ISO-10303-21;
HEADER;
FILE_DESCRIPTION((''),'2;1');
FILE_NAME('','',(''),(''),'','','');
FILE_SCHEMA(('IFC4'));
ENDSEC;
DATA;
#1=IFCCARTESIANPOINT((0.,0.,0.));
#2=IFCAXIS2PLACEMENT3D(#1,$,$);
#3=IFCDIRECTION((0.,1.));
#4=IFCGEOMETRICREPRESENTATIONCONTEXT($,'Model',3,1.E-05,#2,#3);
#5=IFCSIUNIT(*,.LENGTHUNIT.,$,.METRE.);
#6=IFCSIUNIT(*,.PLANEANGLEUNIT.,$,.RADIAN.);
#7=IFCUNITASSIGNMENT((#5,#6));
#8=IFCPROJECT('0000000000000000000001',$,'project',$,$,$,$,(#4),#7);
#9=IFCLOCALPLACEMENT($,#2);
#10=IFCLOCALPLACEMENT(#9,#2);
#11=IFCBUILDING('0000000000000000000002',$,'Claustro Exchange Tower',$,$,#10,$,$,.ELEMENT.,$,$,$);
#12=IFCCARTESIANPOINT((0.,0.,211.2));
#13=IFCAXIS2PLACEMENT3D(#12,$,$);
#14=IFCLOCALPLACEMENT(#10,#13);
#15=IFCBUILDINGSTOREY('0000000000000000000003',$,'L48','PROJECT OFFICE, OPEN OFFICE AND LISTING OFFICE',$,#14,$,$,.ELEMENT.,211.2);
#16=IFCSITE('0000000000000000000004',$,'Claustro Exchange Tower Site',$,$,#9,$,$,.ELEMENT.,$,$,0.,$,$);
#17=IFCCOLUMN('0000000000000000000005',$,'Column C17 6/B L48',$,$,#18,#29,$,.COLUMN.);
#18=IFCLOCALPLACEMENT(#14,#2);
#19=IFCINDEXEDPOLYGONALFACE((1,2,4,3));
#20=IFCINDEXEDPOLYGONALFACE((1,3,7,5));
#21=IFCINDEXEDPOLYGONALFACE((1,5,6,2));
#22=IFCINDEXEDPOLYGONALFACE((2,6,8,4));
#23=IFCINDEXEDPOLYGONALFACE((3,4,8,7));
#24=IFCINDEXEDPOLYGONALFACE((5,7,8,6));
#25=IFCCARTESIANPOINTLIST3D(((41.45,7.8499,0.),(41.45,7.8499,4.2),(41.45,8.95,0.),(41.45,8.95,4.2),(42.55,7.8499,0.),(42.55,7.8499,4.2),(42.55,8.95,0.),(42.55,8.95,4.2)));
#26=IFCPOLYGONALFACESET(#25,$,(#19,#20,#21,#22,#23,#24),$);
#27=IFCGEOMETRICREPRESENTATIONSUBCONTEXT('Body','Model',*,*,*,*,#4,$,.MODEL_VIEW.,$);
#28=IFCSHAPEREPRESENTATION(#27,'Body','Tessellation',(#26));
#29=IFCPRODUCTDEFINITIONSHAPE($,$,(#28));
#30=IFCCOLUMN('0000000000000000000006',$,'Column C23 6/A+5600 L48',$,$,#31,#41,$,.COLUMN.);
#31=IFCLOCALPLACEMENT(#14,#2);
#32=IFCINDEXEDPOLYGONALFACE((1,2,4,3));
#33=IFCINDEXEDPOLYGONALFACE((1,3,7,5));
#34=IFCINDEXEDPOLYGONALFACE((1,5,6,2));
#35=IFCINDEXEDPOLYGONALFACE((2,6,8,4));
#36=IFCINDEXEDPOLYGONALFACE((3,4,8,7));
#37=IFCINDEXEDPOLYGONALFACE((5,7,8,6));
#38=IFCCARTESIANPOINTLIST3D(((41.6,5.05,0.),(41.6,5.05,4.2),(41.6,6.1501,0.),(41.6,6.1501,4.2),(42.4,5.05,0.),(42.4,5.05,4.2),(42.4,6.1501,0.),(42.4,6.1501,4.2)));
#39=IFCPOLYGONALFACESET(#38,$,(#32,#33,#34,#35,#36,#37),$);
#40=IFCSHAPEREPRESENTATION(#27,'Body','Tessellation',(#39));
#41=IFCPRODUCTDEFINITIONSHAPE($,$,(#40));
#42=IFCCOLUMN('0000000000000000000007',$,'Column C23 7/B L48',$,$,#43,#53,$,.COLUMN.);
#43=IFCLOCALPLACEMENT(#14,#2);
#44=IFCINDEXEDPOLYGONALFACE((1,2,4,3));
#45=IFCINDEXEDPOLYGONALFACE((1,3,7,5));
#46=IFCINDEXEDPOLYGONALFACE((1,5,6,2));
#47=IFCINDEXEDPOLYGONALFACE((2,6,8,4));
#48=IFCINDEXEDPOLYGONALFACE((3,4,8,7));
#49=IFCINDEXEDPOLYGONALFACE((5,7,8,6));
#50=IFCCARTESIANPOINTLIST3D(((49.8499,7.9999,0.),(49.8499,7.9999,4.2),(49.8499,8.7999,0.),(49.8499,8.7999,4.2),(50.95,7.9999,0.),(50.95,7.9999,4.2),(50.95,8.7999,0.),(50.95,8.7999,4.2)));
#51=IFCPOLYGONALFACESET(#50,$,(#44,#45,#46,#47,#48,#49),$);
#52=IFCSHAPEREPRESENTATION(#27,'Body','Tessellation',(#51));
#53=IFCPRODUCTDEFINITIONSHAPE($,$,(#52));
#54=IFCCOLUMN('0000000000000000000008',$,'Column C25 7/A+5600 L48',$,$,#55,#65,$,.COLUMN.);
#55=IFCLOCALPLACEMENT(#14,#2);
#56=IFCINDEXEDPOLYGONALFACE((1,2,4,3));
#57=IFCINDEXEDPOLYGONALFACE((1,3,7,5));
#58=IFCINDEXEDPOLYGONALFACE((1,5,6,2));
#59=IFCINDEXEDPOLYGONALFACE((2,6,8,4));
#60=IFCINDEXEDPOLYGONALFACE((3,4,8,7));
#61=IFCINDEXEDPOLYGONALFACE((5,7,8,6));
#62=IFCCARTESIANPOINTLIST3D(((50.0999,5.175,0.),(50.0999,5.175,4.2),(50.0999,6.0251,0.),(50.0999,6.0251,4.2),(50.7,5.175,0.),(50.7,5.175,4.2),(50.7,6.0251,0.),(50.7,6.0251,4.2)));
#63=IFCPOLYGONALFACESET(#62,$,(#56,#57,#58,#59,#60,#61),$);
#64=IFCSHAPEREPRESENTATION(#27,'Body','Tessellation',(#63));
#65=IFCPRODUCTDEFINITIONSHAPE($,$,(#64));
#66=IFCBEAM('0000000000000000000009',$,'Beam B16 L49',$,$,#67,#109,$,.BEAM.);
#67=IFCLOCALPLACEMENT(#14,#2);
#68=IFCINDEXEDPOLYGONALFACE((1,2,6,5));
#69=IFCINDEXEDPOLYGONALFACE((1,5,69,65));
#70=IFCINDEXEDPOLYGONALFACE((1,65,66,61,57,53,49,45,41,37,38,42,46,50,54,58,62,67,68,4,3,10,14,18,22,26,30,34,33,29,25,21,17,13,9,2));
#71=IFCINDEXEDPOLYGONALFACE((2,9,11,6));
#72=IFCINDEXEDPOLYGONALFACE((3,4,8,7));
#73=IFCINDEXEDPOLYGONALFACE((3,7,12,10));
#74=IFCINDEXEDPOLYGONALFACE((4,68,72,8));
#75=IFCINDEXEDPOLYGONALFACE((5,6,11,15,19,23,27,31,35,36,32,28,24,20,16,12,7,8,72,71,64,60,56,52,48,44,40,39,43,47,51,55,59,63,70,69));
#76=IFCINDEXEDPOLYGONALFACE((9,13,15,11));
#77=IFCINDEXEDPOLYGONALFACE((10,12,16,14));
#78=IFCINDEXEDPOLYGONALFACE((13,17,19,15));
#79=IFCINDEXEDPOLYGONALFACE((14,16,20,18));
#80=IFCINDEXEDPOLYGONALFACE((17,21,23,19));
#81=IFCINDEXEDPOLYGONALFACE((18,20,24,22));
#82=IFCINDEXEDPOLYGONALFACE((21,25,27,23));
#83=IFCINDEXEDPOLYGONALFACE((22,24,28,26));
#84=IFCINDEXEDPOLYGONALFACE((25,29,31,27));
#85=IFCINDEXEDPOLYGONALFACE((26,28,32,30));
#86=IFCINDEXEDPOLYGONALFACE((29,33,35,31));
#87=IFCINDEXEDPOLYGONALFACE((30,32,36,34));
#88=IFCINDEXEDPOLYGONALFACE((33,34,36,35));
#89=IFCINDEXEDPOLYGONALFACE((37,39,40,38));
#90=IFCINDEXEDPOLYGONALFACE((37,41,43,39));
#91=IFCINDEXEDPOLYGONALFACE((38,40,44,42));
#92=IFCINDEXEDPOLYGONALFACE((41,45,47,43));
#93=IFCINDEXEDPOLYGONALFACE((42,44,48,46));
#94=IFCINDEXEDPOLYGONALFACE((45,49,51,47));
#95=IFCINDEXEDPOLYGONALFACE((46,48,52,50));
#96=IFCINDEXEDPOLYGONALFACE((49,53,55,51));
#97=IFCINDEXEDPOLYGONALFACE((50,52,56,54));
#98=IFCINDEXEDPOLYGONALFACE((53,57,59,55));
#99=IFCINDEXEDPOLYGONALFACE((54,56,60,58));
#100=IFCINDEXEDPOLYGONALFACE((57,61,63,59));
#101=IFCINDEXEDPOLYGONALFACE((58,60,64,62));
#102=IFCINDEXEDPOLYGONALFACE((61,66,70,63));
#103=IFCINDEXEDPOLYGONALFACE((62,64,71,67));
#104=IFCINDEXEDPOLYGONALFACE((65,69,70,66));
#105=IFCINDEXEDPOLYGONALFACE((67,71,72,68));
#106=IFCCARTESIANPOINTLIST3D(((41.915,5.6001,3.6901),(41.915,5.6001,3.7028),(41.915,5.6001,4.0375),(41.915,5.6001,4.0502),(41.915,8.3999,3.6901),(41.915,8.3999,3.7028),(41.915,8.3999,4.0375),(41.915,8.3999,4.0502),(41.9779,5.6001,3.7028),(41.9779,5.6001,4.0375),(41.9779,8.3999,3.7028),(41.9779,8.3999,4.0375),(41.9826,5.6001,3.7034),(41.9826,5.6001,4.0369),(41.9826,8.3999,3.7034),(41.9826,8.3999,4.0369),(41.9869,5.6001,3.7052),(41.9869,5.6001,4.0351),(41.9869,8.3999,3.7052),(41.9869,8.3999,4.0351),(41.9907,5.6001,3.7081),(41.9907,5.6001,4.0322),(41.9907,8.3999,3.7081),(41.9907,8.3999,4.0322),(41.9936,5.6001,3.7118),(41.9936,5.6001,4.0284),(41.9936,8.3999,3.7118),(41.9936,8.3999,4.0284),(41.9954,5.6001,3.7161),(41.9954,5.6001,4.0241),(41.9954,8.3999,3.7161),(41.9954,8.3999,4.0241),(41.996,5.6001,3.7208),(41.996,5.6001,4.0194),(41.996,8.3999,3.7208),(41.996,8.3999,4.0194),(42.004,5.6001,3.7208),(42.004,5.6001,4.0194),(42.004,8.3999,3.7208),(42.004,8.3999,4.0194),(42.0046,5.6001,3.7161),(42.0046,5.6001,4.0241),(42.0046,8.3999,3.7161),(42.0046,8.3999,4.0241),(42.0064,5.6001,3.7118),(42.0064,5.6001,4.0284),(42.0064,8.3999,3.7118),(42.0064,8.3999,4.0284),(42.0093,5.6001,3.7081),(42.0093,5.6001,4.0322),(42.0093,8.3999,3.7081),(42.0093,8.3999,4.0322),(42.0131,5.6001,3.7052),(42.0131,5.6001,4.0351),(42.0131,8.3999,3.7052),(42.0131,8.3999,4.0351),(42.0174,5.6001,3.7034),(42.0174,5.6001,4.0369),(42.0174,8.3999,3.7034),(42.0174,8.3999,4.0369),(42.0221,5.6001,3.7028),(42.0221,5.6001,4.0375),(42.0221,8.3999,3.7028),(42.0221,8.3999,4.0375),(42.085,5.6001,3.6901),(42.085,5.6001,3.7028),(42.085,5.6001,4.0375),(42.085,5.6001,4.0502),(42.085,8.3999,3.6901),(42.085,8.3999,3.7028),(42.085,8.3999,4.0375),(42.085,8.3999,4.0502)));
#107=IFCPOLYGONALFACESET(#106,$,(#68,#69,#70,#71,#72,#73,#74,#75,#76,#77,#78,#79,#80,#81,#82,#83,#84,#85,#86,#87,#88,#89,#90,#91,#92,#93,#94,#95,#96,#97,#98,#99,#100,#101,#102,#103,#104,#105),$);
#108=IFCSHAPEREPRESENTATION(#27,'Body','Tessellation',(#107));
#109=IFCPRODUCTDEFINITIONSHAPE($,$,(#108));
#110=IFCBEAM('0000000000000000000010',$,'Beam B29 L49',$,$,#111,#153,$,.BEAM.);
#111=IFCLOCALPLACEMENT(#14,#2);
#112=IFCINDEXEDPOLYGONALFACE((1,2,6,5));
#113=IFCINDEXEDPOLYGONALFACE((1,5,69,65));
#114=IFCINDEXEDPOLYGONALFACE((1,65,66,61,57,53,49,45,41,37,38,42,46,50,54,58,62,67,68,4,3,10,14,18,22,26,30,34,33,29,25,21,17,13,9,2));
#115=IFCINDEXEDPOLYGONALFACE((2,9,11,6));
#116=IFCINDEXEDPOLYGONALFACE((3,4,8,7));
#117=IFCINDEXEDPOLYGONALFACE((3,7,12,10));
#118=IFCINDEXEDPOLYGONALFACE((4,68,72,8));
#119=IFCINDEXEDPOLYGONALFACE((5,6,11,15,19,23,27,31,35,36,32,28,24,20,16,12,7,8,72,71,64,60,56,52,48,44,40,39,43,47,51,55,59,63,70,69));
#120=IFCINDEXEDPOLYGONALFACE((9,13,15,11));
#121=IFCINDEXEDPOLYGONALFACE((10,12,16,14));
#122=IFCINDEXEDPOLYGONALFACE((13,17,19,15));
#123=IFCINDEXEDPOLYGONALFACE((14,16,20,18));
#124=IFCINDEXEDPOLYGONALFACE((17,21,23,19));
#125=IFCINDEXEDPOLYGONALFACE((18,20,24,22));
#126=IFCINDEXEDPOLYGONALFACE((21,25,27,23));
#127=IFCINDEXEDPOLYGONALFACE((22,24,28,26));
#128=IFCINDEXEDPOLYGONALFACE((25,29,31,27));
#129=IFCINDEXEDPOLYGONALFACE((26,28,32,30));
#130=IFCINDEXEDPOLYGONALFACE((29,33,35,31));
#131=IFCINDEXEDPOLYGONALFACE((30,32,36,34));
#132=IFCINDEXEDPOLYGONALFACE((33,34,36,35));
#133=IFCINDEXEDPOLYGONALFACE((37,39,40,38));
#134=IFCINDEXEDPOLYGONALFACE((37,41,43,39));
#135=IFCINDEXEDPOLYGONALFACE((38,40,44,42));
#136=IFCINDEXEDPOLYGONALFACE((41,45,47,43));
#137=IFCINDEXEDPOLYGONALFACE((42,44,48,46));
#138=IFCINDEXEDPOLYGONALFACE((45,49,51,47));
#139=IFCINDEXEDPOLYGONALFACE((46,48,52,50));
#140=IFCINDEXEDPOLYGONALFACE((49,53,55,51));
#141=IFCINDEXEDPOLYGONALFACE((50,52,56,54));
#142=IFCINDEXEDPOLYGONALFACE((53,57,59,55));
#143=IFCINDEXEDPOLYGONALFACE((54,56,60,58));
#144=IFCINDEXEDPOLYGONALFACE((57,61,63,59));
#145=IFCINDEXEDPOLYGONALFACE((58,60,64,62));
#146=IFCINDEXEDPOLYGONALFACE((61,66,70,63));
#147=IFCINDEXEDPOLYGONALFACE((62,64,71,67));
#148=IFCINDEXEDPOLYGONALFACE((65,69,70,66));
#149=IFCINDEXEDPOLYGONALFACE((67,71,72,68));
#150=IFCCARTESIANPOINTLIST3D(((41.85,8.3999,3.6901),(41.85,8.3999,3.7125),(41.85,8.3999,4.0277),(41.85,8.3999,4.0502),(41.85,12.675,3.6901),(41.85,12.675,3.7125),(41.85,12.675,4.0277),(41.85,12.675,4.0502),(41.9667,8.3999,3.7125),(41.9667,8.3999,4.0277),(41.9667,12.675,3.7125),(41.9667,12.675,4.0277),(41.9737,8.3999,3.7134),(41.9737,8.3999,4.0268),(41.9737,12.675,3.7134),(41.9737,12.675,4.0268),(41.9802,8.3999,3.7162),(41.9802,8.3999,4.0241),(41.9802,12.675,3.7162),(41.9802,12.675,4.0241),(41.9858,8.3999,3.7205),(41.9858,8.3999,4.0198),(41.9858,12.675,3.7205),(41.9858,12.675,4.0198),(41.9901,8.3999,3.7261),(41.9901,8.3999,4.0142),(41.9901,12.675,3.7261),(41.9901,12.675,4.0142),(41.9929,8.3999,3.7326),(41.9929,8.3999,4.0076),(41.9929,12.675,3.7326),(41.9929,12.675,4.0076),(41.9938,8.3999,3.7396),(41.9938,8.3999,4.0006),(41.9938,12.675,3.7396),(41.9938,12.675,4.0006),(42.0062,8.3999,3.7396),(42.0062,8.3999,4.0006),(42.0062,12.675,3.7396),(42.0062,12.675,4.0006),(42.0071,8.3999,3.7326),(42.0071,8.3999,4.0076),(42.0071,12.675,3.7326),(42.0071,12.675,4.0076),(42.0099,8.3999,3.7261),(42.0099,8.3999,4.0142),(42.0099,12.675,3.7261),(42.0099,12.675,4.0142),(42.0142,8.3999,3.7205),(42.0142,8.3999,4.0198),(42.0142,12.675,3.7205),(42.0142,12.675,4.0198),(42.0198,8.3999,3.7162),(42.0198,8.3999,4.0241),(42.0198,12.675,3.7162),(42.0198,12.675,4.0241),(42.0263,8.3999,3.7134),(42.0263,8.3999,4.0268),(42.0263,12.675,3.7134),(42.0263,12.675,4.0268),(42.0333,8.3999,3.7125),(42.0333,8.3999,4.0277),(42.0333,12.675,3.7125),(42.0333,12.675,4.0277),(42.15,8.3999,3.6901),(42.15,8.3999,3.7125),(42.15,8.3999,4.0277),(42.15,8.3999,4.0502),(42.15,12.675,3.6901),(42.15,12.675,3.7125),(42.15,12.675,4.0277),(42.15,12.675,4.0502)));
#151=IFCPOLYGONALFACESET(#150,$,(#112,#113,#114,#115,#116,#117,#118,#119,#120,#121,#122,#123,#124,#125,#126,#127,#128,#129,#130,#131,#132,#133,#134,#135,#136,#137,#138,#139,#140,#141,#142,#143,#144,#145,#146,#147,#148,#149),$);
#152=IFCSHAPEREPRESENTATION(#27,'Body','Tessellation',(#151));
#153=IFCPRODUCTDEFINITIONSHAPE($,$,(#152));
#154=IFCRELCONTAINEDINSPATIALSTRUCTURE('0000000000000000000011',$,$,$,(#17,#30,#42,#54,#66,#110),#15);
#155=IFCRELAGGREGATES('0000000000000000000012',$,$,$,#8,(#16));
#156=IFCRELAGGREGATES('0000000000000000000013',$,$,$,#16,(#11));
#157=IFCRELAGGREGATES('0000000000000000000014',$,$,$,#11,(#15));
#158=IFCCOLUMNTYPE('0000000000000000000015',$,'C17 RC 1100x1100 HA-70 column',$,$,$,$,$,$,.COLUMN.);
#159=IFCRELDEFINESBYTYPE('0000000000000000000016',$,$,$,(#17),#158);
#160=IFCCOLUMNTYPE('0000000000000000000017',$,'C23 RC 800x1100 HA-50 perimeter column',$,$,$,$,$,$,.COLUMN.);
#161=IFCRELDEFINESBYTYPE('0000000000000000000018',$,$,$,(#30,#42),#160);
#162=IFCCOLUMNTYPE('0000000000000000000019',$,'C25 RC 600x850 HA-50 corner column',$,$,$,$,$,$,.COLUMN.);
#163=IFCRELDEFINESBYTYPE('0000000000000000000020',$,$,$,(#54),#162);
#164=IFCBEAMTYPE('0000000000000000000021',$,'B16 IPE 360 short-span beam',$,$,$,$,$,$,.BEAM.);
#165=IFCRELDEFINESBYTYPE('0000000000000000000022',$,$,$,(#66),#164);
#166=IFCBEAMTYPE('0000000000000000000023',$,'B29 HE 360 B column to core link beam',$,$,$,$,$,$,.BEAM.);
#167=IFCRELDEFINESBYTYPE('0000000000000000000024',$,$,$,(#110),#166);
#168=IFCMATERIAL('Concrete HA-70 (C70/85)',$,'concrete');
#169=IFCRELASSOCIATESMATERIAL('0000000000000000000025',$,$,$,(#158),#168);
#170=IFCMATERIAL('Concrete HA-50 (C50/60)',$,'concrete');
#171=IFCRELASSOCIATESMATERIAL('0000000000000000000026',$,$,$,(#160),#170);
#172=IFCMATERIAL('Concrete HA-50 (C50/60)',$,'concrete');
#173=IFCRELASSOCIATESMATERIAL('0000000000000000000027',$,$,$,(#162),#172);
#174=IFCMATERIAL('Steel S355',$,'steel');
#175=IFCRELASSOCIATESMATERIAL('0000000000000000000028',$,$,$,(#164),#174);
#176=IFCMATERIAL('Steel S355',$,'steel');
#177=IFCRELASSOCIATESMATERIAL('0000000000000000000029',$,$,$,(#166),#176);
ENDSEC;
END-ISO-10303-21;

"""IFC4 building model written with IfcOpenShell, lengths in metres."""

from ifc_helpers import new_model, si_unit, direction, frame, origin, origin_2d, place, context, subcontext, project, spatial, rectangle, i_section, extrude, material, material_profile, profile_set, type_object, element, save


model = new_model("IFC4")

# Units and contexts
model_context = context("Model", 3, precision=1e-05, world=origin(), true_north=direction((0.0, 1.0)))
body_context = subcontext(model_context, "Body", "Model", "MODEL_VIEW")
ifc_project = project(units=[si_unit("LENGTHUNIT", "METRE"), si_unit("PLANEANGLEUNIT", "RADIAN")], contexts=[model_context])

# Site, building, storey
site_placement = place(None, origin())
site = spatial("IfcSite", under=ifc_project, at=site_placement, Name="Claustro Exchange Tower Site", CompositionType="ELEMENT", RefElevation=0.0)
building_placement = place(site_placement, origin())
building = spatial("IfcBuilding", under=site, at=building_placement, Name="Claustro Exchange Tower", CompositionType="ELEMENT")
storey_placement = place(building_placement, frame((0.0, 0.0, 211.2)))
storey = spatial("IfcBuildingStorey", under=building, at=storey_placement, Name="L48", Description="PROJECT OFFICE, OPEN OFFICE AND LISTING OFFICE", CompositionType="ELEMENT", Elevation=211.2)

# Columns
ifc_material_1 = material(Name="Concrete HA-70 (C70/85)", Category="concrete")
ifc_material_profile_1 = material_profile(ifc_material_1, rectangle(XDim=1.1001, YDim=1.1001, at=origin_2d()), Name="RC 1100x1100")
ifc_profile_set_1 = profile_set([ifc_material_profile_1], Name="Concrete HA-70 (C70/85)")
column_type_1 = type_object("IfcColumnType", Name="C17 RC 1100x1100 HA-70 column", PredefinedType="COLUMN", material=ifc_profile_set_1)
column_1_placement = place(storey_placement, frame((42.0, 8.3999, 0.0), z_axis=(0.0, 0.0, 1.0), x_axis=(1.0, 0.0, 0.0)))
element("IfcColumn", 1, at=column_1_placement, inside=storey, type_object=column_type_1, Name="Column C17 6/B L48", PredefinedType="COLUMN", context=body_context, shape_type="SweptSolid", body=[
    extrude(rectangle(XDim=1.1001, YDim=1.1001, at=origin_2d()), origin(), (0.0, 0.0, 1.0), 4.2),
])
ifc_material_2 = material(Name="Concrete HA-50 (C50/60)", Category="concrete")
ifc_material_profile_2 = material_profile(ifc_material_2, rectangle(XDim=0.8, YDim=1.1001, at=origin_2d()), Name="RC 800x1100")
ifc_profile_set_2 = profile_set([ifc_material_profile_2], Name="Concrete HA-50 (C50/60)")
column_type_2 = type_object("IfcColumnType", Name="C23 RC 800x1100 HA-50 perimeter column", PredefinedType="COLUMN", material=ifc_profile_set_2)
for number, where, z_axis, x_axis, name in (
    (2, (42.0, 5.6001, 0.0), (0.0, 0.0, 1.0), (1.0, 0.0, 0.0), "Column C23 6/A+5600 L48"),
    (3, (50.3999, 8.3999, 0.0), (0.0, 0.0, 1.0), (0.0, 1.0, 0.0), "Column C23 7/B L48"),
):
    element("IfcColumn", number, at=place(storey_placement, frame(where, z_axis=z_axis, x_axis=x_axis)), inside=storey, type_object=column_type_2, Name=name, PredefinedType="COLUMN", context=body_context, shape_type="SweptSolid", body=[
        extrude(rectangle(XDim=0.8, YDim=1.1001, at=origin_2d()), origin(), (0.0, 0.0, 1.0), 4.2),
    ])
ifc_material_3 = material(Name="Concrete HA-50 (C50/60)", Category="concrete")
ifc_material_profile_3 = material_profile(ifc_material_3, rectangle(XDim=0.6001, YDim=0.8501, at=origin_2d()), Name="RC 600x850")
ifc_profile_set_3 = profile_set([ifc_material_profile_3], Name="Concrete HA-50 (C50/60)")
column_type_3 = type_object("IfcColumnType", Name="C25 RC 600x850 HA-50 corner column", PredefinedType="COLUMN", material=ifc_profile_set_3)
column_2_placement = place(storey_placement, frame((50.3999, 5.6001, 0.0), z_axis=(0.0, 0.0, 1.0), x_axis=(1.0, 0.0, 0.0)))
element("IfcColumn", 4, at=column_2_placement, inside=storey, type_object=column_type_3, Name="Column C25 7/A+5600 L48", PredefinedType="COLUMN", context=body_context, shape_type="SweptSolid", body=[
    extrude(rectangle(XDim=0.6001, YDim=0.8501, at=origin_2d()), origin(), (0.0, 0.0, 1.0), 4.2),
])

# Beams
ifc_material_4 = material(Name="Steel S355", Category="steel")
ifc_material_profile_4 = material_profile(ifc_material_4, i_section(OverallWidth=0.1699, OverallDepth=0.3601, WebThickness=0.0081, FlangeThickness=0.0127, FilletRadius=0.0181, at=origin_2d()), Name="IPE 360")
ifc_profile_set_4 = profile_set([ifc_material_profile_4], Name="Steel S355")
beam_type_1 = type_object("IfcBeamType", Name="B16 IPE 360 short-span beam", PredefinedType="BEAM", material=ifc_profile_set_4)
beam_1_placement = place(storey_placement, frame((42.0, 5.6001, 3.8701), z_axis=(0.0, 1.0, 0.0), x_axis=(-1.0, 0.0, 0.0)))
element("IfcBeam", 5, at=beam_1_placement, inside=storey, type_object=beam_type_1, Name="Beam B16 L49", PredefinedType="BEAM", context=body_context, shape_type="SweptSolid", body=[
    extrude(i_section(OverallWidth=0.1699, OverallDepth=0.3601, WebThickness=0.0081, FlangeThickness=0.0127, FilletRadius=0.0181, at=origin_2d()), origin(), (0.0, 0.0, 1.0), 2.7998),
])
ifc_material_5 = material(Name="Steel S355", Category="steel")
ifc_material_profile_5 = material_profile(ifc_material_5, i_section(OverallWidth=0.3, OverallDepth=0.3601, WebThickness=0.0125, FlangeThickness=0.0225, FilletRadius=0.0271, at=origin_2d()), Name="HE 360 B")
ifc_profile_set_5 = profile_set([ifc_material_profile_5], Name="Steel S355")
beam_type_2 = type_object("IfcBeamType", Name="B29 HE 360 B column to core link beam", PredefinedType="BEAM", material=ifc_profile_set_5)
beam_2_placement = place(storey_placement, frame((42.0, 8.3999, 3.8701), z_axis=(0.0, 1.0, 0.0), x_axis=(-1.0, 0.0, 0.0)))
element("IfcBeam", 6, at=beam_2_placement, inside=storey, type_object=beam_type_2, Name="Beam B29 L49", PredefinedType="BEAM", context=body_context, shape_type="SweptSolid", body=[
    extrude(i_section(OverallWidth=0.3, OverallDepth=0.3601, WebThickness=0.0125, FlangeThickness=0.0225, FilletRadius=0.0271, at=origin_2d()), origin(), (0.0, 0.0, 1.0), 4.2751),
])

save(model, "model.ifc")
